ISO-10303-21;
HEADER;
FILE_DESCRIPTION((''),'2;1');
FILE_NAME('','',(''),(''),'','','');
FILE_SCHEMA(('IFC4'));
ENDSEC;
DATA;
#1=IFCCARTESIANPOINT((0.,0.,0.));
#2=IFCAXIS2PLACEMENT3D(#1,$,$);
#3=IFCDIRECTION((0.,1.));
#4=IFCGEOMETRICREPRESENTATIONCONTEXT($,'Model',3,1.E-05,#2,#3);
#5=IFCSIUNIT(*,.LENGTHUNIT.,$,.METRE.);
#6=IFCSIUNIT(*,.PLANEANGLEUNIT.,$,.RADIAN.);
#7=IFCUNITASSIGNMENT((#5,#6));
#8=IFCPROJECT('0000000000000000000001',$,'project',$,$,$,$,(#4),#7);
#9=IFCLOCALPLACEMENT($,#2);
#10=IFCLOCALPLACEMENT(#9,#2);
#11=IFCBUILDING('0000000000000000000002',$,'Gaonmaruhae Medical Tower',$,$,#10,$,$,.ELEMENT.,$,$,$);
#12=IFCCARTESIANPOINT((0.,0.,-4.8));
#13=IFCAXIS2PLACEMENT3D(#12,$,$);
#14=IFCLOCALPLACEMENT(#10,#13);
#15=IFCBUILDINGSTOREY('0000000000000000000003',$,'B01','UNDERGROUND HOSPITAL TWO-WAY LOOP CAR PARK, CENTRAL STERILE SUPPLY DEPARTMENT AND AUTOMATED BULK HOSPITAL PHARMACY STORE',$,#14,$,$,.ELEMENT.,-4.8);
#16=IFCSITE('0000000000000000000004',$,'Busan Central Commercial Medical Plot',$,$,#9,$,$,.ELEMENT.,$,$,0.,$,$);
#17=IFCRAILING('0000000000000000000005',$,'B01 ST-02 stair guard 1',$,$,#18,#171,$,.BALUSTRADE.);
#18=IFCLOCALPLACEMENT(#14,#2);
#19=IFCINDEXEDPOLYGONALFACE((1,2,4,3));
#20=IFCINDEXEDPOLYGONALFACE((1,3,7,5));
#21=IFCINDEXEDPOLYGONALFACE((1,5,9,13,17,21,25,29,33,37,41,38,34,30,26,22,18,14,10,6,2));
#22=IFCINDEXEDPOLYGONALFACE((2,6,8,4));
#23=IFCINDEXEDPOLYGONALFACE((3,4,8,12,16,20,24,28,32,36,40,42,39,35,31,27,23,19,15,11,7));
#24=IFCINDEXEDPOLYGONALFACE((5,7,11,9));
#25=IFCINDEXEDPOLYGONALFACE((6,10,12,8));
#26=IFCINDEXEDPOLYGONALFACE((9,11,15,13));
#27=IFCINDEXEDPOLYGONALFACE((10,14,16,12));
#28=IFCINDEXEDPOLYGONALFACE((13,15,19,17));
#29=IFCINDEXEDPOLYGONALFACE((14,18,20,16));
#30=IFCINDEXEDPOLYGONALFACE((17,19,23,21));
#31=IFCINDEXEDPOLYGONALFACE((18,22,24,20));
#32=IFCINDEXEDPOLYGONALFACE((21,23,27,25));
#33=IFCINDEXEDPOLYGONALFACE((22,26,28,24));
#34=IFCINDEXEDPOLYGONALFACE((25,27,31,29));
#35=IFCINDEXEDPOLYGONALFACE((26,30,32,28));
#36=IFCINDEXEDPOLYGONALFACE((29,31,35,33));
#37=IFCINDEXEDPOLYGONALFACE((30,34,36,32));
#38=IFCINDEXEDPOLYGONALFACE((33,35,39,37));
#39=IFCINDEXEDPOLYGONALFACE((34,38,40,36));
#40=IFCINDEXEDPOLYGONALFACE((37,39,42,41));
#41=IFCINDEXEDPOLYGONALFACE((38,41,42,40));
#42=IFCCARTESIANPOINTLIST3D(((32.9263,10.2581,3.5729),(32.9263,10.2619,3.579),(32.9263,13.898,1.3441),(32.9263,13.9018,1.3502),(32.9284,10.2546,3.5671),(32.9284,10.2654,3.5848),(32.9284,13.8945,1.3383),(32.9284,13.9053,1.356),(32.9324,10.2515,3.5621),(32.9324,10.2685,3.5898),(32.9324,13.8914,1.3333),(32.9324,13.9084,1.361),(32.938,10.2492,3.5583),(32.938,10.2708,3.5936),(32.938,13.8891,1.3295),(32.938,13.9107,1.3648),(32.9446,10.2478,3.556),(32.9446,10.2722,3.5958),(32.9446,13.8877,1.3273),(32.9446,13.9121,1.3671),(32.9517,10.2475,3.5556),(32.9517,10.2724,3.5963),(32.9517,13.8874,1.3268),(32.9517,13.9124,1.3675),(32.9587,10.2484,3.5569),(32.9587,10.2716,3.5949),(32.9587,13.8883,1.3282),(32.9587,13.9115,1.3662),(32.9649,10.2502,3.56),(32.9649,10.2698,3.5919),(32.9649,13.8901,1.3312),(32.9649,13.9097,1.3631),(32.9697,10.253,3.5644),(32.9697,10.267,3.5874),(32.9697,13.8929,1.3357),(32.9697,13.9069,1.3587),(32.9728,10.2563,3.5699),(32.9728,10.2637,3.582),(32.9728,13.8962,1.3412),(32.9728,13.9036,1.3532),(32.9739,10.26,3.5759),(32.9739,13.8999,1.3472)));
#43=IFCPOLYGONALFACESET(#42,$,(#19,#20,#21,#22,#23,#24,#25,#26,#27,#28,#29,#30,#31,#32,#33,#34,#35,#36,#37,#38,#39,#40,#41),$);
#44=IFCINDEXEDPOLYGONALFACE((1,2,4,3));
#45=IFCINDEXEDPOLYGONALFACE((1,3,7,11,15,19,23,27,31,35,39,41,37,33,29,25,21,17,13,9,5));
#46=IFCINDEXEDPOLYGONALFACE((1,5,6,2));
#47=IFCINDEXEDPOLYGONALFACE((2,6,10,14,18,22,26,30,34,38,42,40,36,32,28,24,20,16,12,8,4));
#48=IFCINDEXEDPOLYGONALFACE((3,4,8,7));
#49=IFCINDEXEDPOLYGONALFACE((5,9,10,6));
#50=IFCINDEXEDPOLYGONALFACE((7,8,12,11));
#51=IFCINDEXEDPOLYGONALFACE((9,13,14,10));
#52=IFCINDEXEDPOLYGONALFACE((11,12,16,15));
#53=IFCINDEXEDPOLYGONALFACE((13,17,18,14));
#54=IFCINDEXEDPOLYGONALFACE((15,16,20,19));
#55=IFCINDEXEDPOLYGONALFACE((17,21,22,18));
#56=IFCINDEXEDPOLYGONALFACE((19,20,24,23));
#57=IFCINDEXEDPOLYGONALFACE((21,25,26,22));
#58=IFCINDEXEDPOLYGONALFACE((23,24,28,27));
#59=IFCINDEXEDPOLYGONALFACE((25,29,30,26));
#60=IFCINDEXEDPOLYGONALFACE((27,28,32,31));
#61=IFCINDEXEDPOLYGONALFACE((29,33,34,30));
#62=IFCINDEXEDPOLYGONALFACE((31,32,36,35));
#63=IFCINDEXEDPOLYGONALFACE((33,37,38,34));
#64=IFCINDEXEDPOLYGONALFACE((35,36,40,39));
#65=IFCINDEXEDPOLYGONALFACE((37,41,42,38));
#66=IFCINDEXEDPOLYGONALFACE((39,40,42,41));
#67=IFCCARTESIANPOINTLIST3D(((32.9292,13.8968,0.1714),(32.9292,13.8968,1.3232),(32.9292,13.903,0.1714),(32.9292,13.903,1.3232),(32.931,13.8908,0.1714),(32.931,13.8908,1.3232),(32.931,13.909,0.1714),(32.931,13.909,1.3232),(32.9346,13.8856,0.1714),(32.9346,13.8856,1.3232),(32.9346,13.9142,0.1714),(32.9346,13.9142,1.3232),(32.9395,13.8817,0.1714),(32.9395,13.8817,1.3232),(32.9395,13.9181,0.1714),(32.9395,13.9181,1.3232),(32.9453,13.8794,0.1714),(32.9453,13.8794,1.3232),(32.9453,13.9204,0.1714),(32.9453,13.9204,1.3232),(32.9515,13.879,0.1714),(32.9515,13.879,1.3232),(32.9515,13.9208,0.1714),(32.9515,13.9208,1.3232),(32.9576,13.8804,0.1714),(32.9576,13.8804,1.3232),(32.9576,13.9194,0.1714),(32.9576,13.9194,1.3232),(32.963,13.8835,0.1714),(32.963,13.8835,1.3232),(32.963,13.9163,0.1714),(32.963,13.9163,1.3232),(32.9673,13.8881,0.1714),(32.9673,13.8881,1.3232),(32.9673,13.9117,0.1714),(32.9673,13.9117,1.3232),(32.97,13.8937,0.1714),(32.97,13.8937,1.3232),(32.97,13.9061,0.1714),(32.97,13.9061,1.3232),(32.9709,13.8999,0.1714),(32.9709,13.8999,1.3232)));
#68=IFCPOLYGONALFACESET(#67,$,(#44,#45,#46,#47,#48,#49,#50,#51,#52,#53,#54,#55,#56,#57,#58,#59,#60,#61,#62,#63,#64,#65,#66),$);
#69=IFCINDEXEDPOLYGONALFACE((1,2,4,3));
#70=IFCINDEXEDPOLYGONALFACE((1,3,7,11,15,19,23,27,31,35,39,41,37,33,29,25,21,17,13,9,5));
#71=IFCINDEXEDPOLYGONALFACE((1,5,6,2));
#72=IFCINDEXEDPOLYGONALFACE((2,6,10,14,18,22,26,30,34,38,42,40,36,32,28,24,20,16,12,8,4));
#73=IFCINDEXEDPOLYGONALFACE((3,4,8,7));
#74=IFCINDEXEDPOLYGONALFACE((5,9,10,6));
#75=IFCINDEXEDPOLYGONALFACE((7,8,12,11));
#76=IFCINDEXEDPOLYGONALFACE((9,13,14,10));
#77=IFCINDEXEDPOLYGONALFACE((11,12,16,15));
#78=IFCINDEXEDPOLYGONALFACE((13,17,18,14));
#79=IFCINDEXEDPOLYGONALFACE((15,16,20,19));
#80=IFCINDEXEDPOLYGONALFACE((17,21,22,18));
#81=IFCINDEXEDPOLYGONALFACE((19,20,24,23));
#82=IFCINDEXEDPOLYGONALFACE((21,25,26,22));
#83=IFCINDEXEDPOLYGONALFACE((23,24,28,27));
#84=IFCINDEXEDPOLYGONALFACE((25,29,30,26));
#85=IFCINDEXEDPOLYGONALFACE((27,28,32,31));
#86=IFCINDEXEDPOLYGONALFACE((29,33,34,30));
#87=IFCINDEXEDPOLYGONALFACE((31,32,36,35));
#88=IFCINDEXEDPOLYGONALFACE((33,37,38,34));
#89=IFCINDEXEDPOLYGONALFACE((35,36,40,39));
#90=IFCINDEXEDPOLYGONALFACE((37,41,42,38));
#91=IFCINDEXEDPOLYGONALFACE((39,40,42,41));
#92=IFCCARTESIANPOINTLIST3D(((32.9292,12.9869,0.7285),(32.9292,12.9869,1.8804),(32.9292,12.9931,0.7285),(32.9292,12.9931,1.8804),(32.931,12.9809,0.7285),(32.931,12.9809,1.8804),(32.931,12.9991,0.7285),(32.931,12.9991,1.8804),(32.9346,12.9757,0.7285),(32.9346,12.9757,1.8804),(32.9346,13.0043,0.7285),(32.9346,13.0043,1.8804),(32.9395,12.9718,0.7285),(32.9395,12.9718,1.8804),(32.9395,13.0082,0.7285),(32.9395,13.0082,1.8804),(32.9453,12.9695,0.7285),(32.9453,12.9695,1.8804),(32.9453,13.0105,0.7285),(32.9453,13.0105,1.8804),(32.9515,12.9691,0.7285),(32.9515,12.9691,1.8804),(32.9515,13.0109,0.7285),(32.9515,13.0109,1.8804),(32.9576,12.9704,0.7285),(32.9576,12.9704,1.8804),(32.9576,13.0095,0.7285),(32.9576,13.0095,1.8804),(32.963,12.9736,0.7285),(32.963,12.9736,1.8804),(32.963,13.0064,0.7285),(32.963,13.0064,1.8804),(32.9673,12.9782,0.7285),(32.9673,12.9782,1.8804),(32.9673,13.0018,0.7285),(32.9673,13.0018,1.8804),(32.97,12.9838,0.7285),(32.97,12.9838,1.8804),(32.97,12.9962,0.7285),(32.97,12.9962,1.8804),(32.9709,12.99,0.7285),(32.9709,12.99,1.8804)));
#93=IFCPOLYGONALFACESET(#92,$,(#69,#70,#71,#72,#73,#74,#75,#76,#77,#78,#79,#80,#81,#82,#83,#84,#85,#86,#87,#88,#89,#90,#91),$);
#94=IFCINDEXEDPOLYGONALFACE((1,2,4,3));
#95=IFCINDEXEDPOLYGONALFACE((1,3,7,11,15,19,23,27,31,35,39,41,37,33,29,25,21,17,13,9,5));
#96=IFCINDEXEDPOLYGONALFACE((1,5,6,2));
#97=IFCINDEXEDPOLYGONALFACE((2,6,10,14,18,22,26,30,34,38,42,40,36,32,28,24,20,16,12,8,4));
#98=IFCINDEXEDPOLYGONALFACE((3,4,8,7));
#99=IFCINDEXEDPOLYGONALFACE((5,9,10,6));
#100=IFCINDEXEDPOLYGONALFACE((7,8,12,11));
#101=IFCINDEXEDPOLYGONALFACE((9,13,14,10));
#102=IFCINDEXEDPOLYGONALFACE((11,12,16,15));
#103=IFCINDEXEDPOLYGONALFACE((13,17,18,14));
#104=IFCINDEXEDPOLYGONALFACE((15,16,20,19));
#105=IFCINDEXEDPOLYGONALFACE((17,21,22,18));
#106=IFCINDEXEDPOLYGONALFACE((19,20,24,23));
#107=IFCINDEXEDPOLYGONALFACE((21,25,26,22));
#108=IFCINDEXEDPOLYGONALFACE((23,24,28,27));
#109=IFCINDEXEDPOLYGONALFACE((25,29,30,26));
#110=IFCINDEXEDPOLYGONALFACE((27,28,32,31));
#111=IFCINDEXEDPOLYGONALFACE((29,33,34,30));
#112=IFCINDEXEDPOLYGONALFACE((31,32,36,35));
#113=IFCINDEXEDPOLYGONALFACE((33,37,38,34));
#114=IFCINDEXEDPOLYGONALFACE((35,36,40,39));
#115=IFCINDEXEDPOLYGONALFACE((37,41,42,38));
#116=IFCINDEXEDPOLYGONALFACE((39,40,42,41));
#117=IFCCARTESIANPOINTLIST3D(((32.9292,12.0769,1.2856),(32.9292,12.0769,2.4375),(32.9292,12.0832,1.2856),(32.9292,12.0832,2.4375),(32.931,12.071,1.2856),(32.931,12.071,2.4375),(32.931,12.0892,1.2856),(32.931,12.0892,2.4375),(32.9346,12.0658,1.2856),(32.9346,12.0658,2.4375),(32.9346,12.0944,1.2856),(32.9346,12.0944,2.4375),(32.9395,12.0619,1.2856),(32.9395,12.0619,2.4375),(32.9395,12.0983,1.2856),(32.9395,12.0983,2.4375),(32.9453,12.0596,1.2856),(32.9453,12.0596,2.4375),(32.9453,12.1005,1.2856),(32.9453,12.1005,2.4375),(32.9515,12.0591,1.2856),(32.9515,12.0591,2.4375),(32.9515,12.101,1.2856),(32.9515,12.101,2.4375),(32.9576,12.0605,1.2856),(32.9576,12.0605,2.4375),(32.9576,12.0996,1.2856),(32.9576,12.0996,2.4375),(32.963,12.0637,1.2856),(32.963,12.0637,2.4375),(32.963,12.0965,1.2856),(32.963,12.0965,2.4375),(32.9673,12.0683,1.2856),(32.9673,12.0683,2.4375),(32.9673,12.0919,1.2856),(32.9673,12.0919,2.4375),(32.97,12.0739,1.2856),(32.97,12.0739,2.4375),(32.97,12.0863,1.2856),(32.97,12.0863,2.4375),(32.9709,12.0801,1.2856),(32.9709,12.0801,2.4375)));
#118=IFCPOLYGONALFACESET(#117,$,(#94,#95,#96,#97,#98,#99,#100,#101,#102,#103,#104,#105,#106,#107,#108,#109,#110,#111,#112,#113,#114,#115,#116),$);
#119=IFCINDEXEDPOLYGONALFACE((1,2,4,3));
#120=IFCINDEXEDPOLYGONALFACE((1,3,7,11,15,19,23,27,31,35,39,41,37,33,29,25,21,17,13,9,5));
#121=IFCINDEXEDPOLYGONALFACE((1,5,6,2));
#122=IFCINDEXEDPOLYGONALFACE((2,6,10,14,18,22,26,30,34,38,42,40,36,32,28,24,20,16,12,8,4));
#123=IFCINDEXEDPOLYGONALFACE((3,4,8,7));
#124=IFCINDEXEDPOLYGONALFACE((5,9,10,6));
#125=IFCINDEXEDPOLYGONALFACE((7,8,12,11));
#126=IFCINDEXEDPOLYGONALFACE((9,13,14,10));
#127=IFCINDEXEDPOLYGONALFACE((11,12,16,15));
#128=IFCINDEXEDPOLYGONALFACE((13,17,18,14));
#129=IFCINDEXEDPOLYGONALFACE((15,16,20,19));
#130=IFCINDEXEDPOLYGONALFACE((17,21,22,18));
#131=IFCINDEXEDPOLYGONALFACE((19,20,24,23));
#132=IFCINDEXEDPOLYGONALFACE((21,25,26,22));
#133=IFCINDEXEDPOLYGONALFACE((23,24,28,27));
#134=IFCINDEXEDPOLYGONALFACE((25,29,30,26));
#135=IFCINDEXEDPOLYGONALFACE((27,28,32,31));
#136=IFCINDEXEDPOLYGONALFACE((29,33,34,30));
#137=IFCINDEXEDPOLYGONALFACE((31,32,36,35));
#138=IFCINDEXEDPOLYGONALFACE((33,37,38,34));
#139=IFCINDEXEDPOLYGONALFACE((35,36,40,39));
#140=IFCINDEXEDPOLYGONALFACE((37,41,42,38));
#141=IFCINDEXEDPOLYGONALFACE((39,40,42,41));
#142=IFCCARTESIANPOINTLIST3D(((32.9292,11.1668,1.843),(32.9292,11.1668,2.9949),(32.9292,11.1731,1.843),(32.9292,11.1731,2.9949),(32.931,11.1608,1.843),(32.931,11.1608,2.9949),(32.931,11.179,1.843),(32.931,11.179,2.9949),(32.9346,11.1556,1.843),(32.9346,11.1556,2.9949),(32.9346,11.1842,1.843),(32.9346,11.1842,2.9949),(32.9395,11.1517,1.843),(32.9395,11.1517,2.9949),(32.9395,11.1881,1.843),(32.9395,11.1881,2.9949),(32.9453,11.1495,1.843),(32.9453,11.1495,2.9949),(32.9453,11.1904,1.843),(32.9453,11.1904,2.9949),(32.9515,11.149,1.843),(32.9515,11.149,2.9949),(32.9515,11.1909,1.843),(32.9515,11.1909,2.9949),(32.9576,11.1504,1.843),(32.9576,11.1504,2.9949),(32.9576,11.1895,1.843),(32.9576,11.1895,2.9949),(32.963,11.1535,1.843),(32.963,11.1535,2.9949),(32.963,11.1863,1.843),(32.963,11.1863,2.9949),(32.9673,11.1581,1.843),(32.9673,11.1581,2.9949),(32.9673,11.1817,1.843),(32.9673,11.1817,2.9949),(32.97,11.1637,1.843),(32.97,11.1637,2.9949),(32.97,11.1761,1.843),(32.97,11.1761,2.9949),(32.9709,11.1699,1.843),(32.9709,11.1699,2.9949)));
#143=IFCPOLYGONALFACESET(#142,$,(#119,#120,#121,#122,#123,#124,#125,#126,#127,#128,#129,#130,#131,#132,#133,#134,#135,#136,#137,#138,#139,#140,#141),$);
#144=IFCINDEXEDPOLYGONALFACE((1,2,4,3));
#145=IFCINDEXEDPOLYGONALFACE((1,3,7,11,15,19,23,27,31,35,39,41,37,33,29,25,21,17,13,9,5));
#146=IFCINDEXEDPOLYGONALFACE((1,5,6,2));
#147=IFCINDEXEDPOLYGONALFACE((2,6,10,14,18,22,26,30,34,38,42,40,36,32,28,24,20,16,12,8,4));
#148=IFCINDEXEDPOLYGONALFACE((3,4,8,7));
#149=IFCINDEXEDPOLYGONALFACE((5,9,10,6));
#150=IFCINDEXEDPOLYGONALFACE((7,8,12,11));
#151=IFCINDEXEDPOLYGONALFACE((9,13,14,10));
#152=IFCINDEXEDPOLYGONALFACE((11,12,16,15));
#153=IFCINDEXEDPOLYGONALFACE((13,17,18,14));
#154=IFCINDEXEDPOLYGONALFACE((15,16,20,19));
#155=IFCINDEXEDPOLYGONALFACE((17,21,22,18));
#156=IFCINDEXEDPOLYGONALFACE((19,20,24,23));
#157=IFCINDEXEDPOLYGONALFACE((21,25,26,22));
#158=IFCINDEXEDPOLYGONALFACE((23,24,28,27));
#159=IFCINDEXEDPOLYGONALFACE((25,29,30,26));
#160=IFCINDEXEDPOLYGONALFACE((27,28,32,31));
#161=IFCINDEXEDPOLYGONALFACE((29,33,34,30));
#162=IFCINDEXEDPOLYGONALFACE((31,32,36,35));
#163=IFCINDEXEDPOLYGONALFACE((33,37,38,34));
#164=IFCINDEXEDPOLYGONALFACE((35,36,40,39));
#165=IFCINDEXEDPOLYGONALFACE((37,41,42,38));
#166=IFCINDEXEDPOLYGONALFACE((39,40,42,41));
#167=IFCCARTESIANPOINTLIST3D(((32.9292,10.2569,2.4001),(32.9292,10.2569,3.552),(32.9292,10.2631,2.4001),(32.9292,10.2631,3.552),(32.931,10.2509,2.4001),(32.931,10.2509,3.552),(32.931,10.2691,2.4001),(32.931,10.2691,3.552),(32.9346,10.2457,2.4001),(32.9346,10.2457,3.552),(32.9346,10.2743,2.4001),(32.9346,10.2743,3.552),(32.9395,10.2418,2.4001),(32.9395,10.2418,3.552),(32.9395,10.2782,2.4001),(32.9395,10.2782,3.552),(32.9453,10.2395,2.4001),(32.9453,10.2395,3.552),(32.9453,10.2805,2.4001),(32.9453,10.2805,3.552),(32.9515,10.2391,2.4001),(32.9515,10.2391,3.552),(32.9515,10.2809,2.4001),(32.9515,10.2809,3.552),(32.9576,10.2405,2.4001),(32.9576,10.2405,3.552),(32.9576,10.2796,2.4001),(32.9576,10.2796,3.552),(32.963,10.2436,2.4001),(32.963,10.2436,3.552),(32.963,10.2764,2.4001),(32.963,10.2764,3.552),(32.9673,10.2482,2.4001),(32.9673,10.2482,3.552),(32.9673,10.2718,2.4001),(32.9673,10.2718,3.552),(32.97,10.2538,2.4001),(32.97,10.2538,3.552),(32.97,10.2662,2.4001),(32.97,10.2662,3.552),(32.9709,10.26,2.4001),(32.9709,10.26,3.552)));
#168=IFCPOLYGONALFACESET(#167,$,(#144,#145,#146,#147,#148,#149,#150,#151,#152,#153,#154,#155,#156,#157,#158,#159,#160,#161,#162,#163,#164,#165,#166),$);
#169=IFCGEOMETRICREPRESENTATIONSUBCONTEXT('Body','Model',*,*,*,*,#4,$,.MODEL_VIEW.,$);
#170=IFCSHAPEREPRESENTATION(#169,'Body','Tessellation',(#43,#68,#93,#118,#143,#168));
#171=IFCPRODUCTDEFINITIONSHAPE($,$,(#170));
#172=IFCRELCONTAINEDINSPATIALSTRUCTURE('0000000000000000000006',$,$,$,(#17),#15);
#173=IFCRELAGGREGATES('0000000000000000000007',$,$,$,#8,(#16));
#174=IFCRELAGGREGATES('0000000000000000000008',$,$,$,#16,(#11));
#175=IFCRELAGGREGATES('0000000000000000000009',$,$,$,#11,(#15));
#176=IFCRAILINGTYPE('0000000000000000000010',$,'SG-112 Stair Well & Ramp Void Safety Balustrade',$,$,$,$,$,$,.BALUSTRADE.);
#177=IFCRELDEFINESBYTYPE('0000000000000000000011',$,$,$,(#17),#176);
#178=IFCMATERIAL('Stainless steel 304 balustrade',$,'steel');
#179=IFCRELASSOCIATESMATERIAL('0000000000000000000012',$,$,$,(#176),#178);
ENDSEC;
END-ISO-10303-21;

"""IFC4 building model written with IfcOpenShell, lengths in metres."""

from ifc_helpers import new_model, si_unit, direction, frame, origin, origin_2d, place, context, subcontext, project, spatial, circle, extrude, material, type_object, element, save


model = new_model("IFC4")

# Units and contexts
model_context = context("Model", 3, precision=1e-05, world=origin(), true_north=direction((0.0, 1.0)))
body_context = subcontext(model_context, "Body", "Model", "MODEL_VIEW")
ifc_project = project(units=[si_unit("LENGTHUNIT", "METRE"), si_unit("PLANEANGLEUNIT", "RADIAN")], contexts=[model_context])

# Site, building, storey
site_placement = place(None, origin())
site = spatial("IfcSite", under=ifc_project, at=site_placement, Name="Busan Central Commercial Medical Plot", CompositionType="ELEMENT", RefElevation=0.0)
building_placement = place(site_placement, origin())
building = spatial("IfcBuilding", under=site, at=building_placement, Name="Gaonmaruhae Medical Tower", CompositionType="ELEMENT")
storey_placement = place(building_placement, frame((0.0, 0.0, -4.8)))
storey = spatial("IfcBuildingStorey", under=building, at=storey_placement, Name="B01", Description="UNDERGROUND HOSPITAL TWO-WAY LOOP CAR PARK, CENTRAL STERILE SUPPLY DEPARTMENT AND AUTOMATED BULK HOSPITAL PHARMACY STORE", CompositionType="ELEMENT", Elevation=-4.8)

# Railing
ifc_material_1 = material(Name="Stainless steel 304 balustrade", Category="steel")
railing_type_1 = type_object("IfcRailingType", Name="SG-112 Stair Well & Ramp Void Safety Balustrade", PredefinedType="BALUSTRADE", material=ifc_material_1)
railing_1_placement = place(storey_placement, frame((32.95, 13.8999, 0.1714)))
element("IfcRailing", 1, at=railing_1_placement, inside=storey, type_object=railing_type_1, Name="B01 ST-02 stair guard 1", PredefinedType="BALUSTRADE", context=body_context, shape_type="SweptSolid", body=[
    extrude(circle(Radius=0.0239, at=origin_2d()), frame((0.0, 0.0, 1.1758), z_axis=(0.0, -0.852825, 0.522197), x_axis=(1.0, 0.0, 0.0)), (0.0, 0.0, 1.0), 4.2681),
    extrude(circle(Radius=0.021, at=origin_2d()), origin(), (0.0, 0.0, 1.0), 1.1519),
    extrude(circle(Radius=0.021, at=origin_2d()), frame((0.0, -0.9099, 0.5571)), (0.0, 0.0, 1.0), 1.1519),
    extrude(circle(Radius=0.021, at=origin_2d()), frame((0.0, -1.8198, 1.1143)), (0.0, 0.0, 1.0), 1.1519),
    extrude(circle(Radius=0.021, at=origin_2d()), frame((0.0, -2.73, 1.6716)), (0.0, 0.0, 1.0), 1.1519),
    extrude(circle(Radius=0.021, at=origin_2d()), frame((0.0, -3.6399, 2.2288)), (0.0, 0.0, 1.0), 1.1519),
])

save(model, "model.ifc")
